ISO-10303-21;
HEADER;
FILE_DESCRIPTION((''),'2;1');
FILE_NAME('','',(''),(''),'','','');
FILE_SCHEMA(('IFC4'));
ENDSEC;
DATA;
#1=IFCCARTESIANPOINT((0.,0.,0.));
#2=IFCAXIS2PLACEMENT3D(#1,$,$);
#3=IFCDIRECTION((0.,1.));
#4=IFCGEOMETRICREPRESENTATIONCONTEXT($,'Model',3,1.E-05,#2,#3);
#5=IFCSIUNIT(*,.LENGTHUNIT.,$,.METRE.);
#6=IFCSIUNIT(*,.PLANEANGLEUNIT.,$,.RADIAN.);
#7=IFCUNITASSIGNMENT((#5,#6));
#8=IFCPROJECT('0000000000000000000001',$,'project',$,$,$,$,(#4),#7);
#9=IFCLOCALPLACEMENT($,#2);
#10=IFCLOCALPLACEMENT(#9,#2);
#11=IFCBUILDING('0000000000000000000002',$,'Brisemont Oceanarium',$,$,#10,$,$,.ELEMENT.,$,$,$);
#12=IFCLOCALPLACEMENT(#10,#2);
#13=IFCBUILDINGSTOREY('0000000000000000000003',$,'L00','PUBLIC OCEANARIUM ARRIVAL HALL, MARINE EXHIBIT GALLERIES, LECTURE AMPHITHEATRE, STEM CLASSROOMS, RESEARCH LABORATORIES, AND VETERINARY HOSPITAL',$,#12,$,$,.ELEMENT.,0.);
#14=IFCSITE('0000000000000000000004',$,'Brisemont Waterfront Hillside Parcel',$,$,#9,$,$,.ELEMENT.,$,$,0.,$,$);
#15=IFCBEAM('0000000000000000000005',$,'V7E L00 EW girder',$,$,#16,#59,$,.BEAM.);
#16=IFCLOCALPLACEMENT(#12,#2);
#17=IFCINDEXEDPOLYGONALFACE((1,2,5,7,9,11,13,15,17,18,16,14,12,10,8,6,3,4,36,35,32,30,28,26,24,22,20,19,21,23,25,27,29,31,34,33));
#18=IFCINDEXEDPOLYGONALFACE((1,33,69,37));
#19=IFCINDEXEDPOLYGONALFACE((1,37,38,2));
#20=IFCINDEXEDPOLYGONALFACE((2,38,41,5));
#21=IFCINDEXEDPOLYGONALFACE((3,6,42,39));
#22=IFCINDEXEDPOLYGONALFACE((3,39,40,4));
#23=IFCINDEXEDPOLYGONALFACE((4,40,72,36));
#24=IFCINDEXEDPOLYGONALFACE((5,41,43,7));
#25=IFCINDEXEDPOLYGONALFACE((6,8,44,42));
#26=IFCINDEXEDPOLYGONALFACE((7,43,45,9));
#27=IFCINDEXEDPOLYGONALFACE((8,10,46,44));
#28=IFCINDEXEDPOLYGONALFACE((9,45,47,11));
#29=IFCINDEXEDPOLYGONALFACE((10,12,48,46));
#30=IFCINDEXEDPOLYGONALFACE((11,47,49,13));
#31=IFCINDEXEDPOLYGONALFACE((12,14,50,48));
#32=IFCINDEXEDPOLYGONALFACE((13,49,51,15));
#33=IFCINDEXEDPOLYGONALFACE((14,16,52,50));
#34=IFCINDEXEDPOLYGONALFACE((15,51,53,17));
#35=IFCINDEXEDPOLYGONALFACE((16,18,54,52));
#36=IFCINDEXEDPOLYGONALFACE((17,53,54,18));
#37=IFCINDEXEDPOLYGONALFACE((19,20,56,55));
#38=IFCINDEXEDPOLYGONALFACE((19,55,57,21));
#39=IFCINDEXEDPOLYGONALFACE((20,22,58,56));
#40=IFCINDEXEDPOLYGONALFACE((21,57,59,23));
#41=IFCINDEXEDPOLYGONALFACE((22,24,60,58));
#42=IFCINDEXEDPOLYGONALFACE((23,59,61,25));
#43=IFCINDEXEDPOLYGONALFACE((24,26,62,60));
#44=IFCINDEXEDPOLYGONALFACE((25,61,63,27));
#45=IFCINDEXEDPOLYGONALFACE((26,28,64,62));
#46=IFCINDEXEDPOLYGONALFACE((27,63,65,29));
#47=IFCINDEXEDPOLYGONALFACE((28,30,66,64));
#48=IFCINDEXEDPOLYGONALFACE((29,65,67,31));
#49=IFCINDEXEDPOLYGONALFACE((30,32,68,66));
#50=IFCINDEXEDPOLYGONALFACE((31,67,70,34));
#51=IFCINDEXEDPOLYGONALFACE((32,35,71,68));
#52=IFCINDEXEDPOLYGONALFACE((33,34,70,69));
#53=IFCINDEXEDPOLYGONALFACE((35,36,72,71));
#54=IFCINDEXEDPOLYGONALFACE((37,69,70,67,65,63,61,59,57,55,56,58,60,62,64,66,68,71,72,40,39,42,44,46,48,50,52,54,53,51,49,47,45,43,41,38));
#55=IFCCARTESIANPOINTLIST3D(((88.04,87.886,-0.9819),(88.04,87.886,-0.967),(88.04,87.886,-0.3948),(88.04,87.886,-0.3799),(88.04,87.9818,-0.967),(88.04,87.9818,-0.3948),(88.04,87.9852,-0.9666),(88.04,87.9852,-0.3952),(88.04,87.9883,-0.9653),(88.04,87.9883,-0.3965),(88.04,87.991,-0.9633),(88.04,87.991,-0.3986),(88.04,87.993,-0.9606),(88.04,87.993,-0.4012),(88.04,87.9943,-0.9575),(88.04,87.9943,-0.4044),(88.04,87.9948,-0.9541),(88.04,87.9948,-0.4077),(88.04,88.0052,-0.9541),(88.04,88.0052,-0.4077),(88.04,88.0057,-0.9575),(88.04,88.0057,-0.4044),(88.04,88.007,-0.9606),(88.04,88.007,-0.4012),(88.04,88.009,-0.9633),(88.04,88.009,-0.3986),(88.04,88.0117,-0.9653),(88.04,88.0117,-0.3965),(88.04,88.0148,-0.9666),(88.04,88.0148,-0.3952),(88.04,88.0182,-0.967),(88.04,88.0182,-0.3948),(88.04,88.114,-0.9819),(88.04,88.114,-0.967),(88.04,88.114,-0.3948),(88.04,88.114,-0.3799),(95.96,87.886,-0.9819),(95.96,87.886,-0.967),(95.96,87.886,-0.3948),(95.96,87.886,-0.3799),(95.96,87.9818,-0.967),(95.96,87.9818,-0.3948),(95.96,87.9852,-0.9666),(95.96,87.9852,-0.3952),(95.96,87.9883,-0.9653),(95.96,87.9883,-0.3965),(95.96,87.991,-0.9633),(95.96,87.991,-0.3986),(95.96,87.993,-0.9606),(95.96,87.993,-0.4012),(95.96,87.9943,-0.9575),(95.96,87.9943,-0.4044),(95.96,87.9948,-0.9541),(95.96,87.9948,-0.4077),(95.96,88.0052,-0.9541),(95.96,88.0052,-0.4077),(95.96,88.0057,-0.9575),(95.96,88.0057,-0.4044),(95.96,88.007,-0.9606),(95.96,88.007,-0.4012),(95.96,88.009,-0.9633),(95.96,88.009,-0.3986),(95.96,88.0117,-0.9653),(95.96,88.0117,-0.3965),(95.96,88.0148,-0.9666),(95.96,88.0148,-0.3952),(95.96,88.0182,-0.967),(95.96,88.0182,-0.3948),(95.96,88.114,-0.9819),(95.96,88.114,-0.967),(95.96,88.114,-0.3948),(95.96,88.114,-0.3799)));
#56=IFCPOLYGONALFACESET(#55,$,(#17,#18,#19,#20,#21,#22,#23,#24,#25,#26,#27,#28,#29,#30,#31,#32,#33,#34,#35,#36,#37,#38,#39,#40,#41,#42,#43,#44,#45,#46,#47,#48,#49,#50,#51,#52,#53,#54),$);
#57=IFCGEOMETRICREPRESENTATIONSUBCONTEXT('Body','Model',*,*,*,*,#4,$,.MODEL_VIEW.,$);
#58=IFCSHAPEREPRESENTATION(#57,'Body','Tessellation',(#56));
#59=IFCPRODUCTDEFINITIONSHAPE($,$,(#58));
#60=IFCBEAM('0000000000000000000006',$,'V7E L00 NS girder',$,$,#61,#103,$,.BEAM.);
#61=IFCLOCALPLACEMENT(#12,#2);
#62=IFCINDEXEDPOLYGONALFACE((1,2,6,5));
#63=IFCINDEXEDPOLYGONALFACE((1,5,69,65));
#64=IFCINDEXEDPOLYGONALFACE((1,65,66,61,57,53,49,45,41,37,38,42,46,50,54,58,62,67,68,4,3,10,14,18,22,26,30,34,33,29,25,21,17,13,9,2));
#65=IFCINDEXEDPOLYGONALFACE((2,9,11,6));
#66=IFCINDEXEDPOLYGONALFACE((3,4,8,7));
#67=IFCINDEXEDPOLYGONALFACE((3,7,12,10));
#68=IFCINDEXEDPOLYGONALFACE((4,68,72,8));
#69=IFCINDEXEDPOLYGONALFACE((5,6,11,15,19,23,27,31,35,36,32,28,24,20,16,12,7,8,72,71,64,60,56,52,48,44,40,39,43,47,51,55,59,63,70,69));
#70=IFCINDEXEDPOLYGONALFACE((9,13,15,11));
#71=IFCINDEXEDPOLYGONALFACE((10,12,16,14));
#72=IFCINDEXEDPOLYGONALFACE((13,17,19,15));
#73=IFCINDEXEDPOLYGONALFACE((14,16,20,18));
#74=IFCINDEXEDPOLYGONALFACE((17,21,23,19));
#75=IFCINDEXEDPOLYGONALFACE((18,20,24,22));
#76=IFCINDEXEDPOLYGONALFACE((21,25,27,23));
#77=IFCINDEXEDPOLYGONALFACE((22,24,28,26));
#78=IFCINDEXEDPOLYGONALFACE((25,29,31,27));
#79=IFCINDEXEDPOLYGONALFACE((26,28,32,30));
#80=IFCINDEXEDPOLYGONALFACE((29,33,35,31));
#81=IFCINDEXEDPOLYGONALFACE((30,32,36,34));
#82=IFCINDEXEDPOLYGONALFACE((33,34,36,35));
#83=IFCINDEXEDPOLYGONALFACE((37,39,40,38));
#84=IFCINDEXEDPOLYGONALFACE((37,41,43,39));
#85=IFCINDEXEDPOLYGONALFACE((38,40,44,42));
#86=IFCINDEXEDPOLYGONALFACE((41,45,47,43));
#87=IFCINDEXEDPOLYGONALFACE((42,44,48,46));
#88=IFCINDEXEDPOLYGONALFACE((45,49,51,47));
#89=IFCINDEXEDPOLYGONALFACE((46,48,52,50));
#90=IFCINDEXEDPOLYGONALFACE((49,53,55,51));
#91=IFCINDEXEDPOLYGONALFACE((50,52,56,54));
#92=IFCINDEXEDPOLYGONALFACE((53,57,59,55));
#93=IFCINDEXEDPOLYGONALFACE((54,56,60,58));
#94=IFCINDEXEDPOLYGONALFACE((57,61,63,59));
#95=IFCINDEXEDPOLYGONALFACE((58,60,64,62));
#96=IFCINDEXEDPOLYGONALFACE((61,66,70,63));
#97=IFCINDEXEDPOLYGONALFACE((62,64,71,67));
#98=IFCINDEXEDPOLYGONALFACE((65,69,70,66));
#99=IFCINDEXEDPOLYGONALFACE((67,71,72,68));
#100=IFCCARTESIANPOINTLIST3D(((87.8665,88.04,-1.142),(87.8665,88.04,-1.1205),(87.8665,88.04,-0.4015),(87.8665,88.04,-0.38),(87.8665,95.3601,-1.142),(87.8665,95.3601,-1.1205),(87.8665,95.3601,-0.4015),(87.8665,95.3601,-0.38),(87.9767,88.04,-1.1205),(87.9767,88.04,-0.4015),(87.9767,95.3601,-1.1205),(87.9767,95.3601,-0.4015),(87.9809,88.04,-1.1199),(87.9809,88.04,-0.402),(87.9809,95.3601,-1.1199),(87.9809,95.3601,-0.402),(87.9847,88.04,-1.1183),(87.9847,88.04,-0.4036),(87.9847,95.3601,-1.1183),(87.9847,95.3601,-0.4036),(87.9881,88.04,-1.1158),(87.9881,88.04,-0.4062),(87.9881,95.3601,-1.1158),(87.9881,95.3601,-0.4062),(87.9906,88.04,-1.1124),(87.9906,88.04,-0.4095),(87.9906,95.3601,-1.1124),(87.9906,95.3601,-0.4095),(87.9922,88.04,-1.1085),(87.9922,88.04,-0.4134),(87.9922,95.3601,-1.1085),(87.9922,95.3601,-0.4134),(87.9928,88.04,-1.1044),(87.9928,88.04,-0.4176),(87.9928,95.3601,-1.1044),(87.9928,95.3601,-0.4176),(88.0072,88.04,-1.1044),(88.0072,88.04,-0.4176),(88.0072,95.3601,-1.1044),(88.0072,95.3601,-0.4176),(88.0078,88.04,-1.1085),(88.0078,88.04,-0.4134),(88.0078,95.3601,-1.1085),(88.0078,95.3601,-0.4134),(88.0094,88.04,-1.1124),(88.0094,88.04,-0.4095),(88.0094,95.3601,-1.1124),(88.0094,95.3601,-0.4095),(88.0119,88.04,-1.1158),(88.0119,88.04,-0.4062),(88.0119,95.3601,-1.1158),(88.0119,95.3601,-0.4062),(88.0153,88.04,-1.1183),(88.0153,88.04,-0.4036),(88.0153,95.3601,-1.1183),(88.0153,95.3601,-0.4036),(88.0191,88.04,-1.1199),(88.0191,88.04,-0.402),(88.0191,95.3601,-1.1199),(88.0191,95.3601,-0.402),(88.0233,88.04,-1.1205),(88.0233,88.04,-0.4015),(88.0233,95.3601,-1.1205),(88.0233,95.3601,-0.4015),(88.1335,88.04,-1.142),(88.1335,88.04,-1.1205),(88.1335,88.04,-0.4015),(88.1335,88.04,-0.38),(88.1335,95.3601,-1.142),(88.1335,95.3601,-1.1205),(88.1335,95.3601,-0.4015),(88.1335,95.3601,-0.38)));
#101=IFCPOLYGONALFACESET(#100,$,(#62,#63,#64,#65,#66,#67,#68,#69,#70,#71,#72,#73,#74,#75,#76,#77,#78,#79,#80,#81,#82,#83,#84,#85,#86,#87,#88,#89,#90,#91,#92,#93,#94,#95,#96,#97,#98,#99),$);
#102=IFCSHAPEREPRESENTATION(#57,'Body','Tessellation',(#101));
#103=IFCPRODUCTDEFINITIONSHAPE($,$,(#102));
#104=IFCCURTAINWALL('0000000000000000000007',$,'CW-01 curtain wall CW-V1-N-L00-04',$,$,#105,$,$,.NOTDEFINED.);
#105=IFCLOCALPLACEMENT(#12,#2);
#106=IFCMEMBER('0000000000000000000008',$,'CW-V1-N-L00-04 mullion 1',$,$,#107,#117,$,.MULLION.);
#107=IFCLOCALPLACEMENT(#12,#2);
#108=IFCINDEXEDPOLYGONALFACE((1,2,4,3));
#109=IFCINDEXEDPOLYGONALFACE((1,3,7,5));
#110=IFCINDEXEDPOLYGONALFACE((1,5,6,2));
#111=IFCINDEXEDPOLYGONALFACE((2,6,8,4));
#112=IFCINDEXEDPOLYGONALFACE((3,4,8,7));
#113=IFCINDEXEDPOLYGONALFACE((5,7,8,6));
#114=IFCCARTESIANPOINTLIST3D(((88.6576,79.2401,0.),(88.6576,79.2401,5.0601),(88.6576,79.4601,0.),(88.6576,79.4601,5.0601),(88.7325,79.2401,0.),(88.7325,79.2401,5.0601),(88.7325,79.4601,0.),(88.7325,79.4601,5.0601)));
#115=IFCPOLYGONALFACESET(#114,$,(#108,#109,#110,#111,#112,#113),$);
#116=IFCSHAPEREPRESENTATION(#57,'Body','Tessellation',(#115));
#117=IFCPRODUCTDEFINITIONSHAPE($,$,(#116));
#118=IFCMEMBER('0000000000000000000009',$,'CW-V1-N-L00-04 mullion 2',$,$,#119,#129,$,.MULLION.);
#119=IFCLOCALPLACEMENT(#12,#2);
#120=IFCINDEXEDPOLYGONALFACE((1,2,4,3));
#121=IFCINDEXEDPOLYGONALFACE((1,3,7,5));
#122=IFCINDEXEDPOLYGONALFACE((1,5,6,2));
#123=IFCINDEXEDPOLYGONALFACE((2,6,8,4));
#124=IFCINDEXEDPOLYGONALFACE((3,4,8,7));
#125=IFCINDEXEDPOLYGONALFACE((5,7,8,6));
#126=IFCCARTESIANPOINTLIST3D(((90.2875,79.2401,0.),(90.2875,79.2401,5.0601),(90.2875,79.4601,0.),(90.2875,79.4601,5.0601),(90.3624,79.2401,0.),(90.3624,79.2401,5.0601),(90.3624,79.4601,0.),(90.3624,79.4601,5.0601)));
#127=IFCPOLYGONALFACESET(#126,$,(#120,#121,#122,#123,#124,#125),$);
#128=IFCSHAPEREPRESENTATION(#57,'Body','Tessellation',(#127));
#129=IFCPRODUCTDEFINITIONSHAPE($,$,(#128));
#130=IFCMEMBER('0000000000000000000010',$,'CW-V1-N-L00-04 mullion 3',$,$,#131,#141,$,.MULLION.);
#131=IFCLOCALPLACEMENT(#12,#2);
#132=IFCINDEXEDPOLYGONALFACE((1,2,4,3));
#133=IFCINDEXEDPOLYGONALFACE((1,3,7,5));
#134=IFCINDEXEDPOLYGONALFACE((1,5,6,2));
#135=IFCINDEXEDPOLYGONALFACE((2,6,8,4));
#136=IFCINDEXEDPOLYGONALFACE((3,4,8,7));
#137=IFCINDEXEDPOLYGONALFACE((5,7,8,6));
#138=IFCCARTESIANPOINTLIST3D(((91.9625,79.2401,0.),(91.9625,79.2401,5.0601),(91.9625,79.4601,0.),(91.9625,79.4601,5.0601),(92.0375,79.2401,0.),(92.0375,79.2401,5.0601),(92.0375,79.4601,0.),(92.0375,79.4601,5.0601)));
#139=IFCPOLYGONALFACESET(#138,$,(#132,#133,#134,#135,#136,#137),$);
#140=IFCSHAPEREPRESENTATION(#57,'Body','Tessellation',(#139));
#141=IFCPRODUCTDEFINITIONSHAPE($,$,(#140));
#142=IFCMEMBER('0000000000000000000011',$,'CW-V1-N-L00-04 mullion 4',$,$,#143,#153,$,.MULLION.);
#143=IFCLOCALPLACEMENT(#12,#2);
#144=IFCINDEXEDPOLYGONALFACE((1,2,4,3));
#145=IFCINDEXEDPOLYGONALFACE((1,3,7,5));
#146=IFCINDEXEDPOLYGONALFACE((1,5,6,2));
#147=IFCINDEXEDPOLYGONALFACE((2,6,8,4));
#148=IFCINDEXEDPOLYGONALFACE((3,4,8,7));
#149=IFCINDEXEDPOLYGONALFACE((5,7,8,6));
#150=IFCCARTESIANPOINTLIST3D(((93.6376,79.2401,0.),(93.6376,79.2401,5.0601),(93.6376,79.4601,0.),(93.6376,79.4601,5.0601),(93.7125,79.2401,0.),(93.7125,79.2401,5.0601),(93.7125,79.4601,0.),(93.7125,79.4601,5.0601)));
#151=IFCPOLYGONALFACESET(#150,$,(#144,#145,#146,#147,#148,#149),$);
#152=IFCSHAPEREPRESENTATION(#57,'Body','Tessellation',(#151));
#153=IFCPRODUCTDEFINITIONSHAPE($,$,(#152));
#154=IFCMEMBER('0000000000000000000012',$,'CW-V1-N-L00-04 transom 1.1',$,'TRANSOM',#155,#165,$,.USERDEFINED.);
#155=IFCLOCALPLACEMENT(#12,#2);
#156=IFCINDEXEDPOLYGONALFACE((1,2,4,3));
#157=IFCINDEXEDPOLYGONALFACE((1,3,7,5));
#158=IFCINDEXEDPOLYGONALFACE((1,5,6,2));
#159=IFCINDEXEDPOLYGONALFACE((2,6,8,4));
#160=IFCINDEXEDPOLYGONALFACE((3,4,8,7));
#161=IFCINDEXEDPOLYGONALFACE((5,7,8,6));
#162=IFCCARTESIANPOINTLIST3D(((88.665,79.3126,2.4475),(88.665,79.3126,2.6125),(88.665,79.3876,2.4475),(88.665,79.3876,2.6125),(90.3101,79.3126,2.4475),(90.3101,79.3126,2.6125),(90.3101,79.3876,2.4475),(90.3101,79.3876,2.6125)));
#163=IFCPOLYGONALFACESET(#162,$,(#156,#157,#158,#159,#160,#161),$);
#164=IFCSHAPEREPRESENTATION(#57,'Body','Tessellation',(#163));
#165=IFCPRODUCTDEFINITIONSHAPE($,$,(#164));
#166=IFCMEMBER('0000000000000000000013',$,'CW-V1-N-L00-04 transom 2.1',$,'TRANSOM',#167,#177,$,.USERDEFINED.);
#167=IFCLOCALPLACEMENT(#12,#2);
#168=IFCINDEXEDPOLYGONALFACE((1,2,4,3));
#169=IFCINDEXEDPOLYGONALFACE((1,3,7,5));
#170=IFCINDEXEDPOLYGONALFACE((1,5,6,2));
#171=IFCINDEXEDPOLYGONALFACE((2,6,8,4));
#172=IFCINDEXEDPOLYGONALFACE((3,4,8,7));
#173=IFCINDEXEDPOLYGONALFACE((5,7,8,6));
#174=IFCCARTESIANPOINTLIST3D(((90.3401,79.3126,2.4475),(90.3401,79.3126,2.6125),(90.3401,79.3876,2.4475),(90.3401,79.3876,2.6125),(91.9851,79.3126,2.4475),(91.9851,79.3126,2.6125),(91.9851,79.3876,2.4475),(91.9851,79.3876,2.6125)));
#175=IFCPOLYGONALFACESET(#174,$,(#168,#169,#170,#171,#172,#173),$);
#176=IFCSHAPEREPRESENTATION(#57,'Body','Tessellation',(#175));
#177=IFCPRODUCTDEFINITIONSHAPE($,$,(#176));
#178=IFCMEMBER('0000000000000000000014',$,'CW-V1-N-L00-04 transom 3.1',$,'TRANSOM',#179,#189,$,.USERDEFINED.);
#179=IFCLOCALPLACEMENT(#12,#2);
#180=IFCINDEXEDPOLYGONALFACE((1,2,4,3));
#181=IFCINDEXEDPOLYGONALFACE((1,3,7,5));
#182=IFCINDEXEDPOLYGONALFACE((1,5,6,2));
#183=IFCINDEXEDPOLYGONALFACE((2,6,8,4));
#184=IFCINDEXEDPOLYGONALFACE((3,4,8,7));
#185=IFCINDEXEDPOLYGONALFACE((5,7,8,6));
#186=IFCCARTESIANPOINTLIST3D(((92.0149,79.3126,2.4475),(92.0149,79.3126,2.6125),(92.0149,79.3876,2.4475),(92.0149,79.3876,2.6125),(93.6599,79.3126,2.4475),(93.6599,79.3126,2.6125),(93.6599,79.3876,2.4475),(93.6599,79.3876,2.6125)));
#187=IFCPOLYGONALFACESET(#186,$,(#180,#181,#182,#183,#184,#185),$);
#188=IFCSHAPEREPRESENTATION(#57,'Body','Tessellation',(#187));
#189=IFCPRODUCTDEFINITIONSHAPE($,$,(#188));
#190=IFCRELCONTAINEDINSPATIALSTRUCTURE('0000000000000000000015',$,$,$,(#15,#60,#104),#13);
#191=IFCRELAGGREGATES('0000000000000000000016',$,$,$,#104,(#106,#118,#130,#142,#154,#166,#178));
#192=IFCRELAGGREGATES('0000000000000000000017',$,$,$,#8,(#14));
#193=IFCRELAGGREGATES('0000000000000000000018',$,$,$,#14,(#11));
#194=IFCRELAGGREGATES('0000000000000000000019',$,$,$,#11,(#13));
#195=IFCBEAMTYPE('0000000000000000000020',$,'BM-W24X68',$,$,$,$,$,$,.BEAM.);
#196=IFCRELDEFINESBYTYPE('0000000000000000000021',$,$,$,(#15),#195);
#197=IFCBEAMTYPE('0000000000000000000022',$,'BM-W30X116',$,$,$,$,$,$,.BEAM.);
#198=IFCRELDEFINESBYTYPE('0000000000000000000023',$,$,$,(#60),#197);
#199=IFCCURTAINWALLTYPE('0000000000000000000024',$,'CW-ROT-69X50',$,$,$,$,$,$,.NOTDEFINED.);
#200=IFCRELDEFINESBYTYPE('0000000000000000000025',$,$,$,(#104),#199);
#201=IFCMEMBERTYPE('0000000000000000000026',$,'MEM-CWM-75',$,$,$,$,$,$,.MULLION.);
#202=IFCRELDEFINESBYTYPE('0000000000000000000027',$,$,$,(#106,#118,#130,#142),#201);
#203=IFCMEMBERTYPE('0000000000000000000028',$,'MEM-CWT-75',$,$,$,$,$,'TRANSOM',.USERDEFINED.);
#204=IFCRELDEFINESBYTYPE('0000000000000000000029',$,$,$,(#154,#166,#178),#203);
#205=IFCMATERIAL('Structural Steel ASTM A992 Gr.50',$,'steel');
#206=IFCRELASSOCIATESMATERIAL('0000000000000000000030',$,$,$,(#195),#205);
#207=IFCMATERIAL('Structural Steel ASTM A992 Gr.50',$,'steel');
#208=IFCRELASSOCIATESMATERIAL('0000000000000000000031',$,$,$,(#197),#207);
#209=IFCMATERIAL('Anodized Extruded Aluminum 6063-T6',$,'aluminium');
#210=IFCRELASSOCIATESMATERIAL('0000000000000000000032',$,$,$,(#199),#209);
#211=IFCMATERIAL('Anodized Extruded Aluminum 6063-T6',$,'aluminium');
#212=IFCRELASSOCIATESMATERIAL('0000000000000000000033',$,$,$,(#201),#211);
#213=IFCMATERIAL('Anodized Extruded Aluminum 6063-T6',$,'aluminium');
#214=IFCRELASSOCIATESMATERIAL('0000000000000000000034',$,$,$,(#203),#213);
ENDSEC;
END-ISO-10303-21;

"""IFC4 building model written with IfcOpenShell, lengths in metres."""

from ifc_helpers import new_model, si_unit, direction, frame, origin, origin_2d, place, context, subcontext, project, spatial, rectangle, i_section, extrude, material, material_profile, profile_set, type_object, element, aggregate, save


model = new_model("IFC4")

# Units and contexts
model_context = context("Model", 3, precision=1e-05, world=origin(), true_north=direction((0.0, 1.0)))
body_context = subcontext(model_context, "Body", "Model", "MODEL_VIEW")
ifc_project = project(units=[si_unit("LENGTHUNIT", "METRE"), si_unit("PLANEANGLEUNIT", "RADIAN")], contexts=[model_context])

# Site, building, storey
site_placement = place(None, origin())
site = spatial("IfcSite", under=ifc_project, at=site_placement, Name="Brisemont Waterfront Hillside Parcel", CompositionType="ELEMENT", RefElevation=0.0)
building_placement = place(site_placement, origin())
building = spatial("IfcBuilding", under=site, at=building_placement, Name="Brisemont Oceanarium", CompositionType="ELEMENT")
storey_placement = place(building_placement, origin())
storey = spatial("IfcBuildingStorey", under=building, at=storey_placement, Name="L00", Description="PUBLIC OCEANARIUM ARRIVAL HALL, MARINE EXHIBIT GALLERIES, LECTURE AMPHITHEATRE, STEM CLASSROOMS, RESEARCH LABORATORIES, AND VETERINARY HOSPITAL", CompositionType="ELEMENT", Elevation=0.0)

# Beams
ifc_material_1 = material(Name="Structural Steel ASTM A992 Gr.50", Category="steel")
ifc_material_profile_1 = material_profile(ifc_material_1, i_section(OverallWidth=0.228, OverallDepth=0.6021, WebThickness=0.0105, FlangeThickness=0.0149, FilletRadius=0.0129, at=origin_2d()), Name="W24X68")
ifc_profile_set_1 = profile_set([ifc_material_profile_1], Name="Structural Steel ASTM A992 Gr.50")
beam_type_1 = type_object("IfcBeamType", Name="BM-W24X68", PredefinedType="BEAM", material=ifc_profile_set_1)
beam_1_placement = place(storey_placement, frame((88.04, 88.0, -0.6809), z_axis=(1.0, 0.0, 0.0), x_axis=(0.0, 1.0, 0.0)))
element("IfcBeam", 1, at=beam_1_placement, inside=storey, type_object=beam_type_1, Name="V7E L00 EW girder", PredefinedType="BEAM", context=body_context, shape_type="SweptSolid", body=[
    extrude(i_section(OverallWidth=0.228, OverallDepth=0.6021, WebThickness=0.0105, FlangeThickness=0.0149, FilletRadius=0.0129, at=origin_2d()), origin(), (0.0, 0.0, 1.0), 7.9199),
])
ifc_material_2 = material(Name="Structural Steel ASTM A992 Gr.50", Category="steel")
ifc_material_profile_2 = material_profile(ifc_material_2, i_section(OverallWidth=0.2671, OverallDepth=0.762, WebThickness=0.0144, FlangeThickness=0.0215, FilletRadius=0.0161, at=origin_2d()), Name="W30X116")
ifc_profile_set_2 = profile_set([ifc_material_profile_2], Name="Structural Steel ASTM A992 Gr.50")
beam_type_2 = type_object("IfcBeamType", Name="BM-W30X116", PredefinedType="BEAM", material=ifc_profile_set_2)
beam_2_placement = place(storey_placement, frame((88.0, 88.04, -0.761), z_axis=(0.0, 1.0, 0.0), x_axis=(-1.0, 0.0, 0.0)))
element("IfcBeam", 2, at=beam_2_placement, inside=storey, type_object=beam_type_2, Name="V7E L00 NS girder", PredefinedType="BEAM", context=body_context, shape_type="SweptSolid", body=[
    extrude(i_section(OverallWidth=0.2671, OverallDepth=0.762, WebThickness=0.0144, FlangeThickness=0.0215, FilletRadius=0.0161, at=origin_2d()), origin(), (0.0, 0.0, 1.0), 7.3201),
])

# Curtain wall, members
ifc_material_3 = material(Name="Anodized Extruded Aluminum 6063-T6", Category="aluminium")
curtain_wall_type = type_object("IfcCurtainWallType", Name="CW-ROT-69X50", PredefinedType="NOTDEFINED", material=ifc_material_3)
curtain_wall_placement = place(storey_placement, origin())
curtain_wall = element("IfcCurtainWall", 3, at=curtain_wall_placement, inside=storey, type_object=curtain_wall_type, Name="CW-01 curtain wall CW-V1-N-L00-04", PredefinedType="NOTDEFINED")
ifc_material_4 = material(Name="Anodized Extruded Aluminum 6063-T6", Category="aluminium")
ifc_material_profile_3 = material_profile(ifc_material_4, rectangle(XDim=0.075, YDim=0.22, at=origin_2d()), Name="CWM-75X220")
ifc_profile_set_3 = profile_set([ifc_material_profile_3], Name="Anodized Extruded Aluminum 6063-T6")
member_type_1 = type_object("IfcMemberType", Name="MEM-CWM-75", PredefinedType="MULLION", material=ifc_profile_set_3)
member_1_placement = place(storey_placement, frame((88.6951, 79.3501, 0.0), z_axis=(0.0, 0.0, 1.0), x_axis=(1.0, 0.0, 0.0)))
member_1 = element("IfcMember", 4, at=member_1_placement, type_object=member_type_1, Name="CW-V1-N-L00-04 mullion 1", PredefinedType="MULLION", context=body_context, shape_type="SweptSolid", body=[
    extrude(rectangle(XDim=0.075, YDim=0.22, at=origin_2d()), origin(), (0.0, 0.0, 1.0), 5.0601),
])
member_2_placement = place(storey_placement, frame((90.325, 79.3501, 0.0), z_axis=(0.0, 0.0, 1.0), x_axis=(1.0, 0.0, 0.0)))
member_2 = element("IfcMember", 5, at=member_2_placement, type_object=member_type_1, Name="CW-V1-N-L00-04 mullion 2", PredefinedType="MULLION", context=body_context, shape_type="SweptSolid", body=[
    extrude(rectangle(XDim=0.075, YDim=0.22, at=origin_2d()), origin(), (0.0, 0.0, 1.0), 5.0601),
])
member_3_placement = place(storey_placement, frame((92.0, 79.3501, 0.0), z_axis=(0.0, 0.0, 1.0), x_axis=(1.0, 0.0, 0.0)))
member_3 = element("IfcMember", 6, at=member_3_placement, type_object=member_type_1, Name="CW-V1-N-L00-04 mullion 3", PredefinedType="MULLION", context=body_context, shape_type="SweptSolid", body=[
    extrude(rectangle(XDim=0.075, YDim=0.22, at=origin_2d()), origin(), (0.0, 0.0, 1.0), 5.0601),
])
member_4_placement = place(storey_placement, frame((93.675, 79.3501, 0.0), z_axis=(0.0, 0.0, 1.0), x_axis=(1.0, 0.0, 0.0)))
member_4 = element("IfcMember", 7, at=member_4_placement, type_object=member_type_1, Name="CW-V1-N-L00-04 mullion 4", PredefinedType="MULLION", context=body_context, shape_type="SweptSolid", body=[
    extrude(rectangle(XDim=0.075, YDim=0.22, at=origin_2d()), origin(), (0.0, 0.0, 1.0), 5.0601),
])
ifc_material_5 = material(Name="Anodized Extruded Aluminum 6063-T6", Category="aluminium")
ifc_material_profile_4 = material_profile(ifc_material_5, rectangle(XDim=0.075, YDim=0.165, at=origin_2d()), Name="CWT-75X165")
ifc_profile_set_4 = profile_set([ifc_material_profile_4], Name="Anodized Extruded Aluminum 6063-T6")
member_type_2 = type_object("IfcMemberType", Name="MEM-CWT-75", ElementType="TRANSOM", PredefinedType="USERDEFINED", material=ifc_profile_set_4)
member_5_placement = place(storey_placement, frame((88.665, 79.3501, 2.53), z_axis=(1.0, 0.0, 0.0), x_axis=(0.0, 1.0, 0.0)))
member_5 = element("IfcMember", 8, at=member_5_placement, type_object=member_type_2, Name="CW-V1-N-L00-04 transom 1.1", ObjectType="TRANSOM", PredefinedType="USERDEFINED", context=body_context, shape_type="SweptSolid", body=[
    extrude(rectangle(XDim=0.075, YDim=0.165, at=origin_2d()), origin(), (0.0, 0.0, 1.0), 1.645),
])
member_6_placement = place(storey_placement, frame((90.3401, 79.3501, 2.53), z_axis=(1.0, 0.0, 0.0), x_axis=(0.0, 1.0, 0.0)))
member_6 = element("IfcMember", 9, at=member_6_placement, type_object=member_type_2, Name="CW-V1-N-L00-04 transom 2.1", ObjectType="TRANSOM", PredefinedType="USERDEFINED", context=body_context, shape_type="SweptSolid", body=[
    extrude(rectangle(XDim=0.075, YDim=0.165, at=origin_2d()), origin(), (0.0, 0.0, 1.0), 1.645),
])
member_7_placement = place(storey_placement, frame((92.0149, 79.3501, 2.53), z_axis=(1.0, 0.0, 0.0), x_axis=(0.0, 1.0, 0.0)))
member_7 = element("IfcMember", 10, at=member_7_placement, type_object=member_type_2, Name="CW-V1-N-L00-04 transom 3.1", ObjectType="TRANSOM", PredefinedType="USERDEFINED", context=body_context, shape_type="SweptSolid", body=[
    extrude(rectangle(XDim=0.075, YDim=0.165, at=origin_2d()), origin(), (0.0, 0.0, 1.0), 1.645),
])
aggregate(curtain_wall, [member_1, member_2, member_3, member_4, member_5, member_6, member_7])

save(model, "model.ifc")
